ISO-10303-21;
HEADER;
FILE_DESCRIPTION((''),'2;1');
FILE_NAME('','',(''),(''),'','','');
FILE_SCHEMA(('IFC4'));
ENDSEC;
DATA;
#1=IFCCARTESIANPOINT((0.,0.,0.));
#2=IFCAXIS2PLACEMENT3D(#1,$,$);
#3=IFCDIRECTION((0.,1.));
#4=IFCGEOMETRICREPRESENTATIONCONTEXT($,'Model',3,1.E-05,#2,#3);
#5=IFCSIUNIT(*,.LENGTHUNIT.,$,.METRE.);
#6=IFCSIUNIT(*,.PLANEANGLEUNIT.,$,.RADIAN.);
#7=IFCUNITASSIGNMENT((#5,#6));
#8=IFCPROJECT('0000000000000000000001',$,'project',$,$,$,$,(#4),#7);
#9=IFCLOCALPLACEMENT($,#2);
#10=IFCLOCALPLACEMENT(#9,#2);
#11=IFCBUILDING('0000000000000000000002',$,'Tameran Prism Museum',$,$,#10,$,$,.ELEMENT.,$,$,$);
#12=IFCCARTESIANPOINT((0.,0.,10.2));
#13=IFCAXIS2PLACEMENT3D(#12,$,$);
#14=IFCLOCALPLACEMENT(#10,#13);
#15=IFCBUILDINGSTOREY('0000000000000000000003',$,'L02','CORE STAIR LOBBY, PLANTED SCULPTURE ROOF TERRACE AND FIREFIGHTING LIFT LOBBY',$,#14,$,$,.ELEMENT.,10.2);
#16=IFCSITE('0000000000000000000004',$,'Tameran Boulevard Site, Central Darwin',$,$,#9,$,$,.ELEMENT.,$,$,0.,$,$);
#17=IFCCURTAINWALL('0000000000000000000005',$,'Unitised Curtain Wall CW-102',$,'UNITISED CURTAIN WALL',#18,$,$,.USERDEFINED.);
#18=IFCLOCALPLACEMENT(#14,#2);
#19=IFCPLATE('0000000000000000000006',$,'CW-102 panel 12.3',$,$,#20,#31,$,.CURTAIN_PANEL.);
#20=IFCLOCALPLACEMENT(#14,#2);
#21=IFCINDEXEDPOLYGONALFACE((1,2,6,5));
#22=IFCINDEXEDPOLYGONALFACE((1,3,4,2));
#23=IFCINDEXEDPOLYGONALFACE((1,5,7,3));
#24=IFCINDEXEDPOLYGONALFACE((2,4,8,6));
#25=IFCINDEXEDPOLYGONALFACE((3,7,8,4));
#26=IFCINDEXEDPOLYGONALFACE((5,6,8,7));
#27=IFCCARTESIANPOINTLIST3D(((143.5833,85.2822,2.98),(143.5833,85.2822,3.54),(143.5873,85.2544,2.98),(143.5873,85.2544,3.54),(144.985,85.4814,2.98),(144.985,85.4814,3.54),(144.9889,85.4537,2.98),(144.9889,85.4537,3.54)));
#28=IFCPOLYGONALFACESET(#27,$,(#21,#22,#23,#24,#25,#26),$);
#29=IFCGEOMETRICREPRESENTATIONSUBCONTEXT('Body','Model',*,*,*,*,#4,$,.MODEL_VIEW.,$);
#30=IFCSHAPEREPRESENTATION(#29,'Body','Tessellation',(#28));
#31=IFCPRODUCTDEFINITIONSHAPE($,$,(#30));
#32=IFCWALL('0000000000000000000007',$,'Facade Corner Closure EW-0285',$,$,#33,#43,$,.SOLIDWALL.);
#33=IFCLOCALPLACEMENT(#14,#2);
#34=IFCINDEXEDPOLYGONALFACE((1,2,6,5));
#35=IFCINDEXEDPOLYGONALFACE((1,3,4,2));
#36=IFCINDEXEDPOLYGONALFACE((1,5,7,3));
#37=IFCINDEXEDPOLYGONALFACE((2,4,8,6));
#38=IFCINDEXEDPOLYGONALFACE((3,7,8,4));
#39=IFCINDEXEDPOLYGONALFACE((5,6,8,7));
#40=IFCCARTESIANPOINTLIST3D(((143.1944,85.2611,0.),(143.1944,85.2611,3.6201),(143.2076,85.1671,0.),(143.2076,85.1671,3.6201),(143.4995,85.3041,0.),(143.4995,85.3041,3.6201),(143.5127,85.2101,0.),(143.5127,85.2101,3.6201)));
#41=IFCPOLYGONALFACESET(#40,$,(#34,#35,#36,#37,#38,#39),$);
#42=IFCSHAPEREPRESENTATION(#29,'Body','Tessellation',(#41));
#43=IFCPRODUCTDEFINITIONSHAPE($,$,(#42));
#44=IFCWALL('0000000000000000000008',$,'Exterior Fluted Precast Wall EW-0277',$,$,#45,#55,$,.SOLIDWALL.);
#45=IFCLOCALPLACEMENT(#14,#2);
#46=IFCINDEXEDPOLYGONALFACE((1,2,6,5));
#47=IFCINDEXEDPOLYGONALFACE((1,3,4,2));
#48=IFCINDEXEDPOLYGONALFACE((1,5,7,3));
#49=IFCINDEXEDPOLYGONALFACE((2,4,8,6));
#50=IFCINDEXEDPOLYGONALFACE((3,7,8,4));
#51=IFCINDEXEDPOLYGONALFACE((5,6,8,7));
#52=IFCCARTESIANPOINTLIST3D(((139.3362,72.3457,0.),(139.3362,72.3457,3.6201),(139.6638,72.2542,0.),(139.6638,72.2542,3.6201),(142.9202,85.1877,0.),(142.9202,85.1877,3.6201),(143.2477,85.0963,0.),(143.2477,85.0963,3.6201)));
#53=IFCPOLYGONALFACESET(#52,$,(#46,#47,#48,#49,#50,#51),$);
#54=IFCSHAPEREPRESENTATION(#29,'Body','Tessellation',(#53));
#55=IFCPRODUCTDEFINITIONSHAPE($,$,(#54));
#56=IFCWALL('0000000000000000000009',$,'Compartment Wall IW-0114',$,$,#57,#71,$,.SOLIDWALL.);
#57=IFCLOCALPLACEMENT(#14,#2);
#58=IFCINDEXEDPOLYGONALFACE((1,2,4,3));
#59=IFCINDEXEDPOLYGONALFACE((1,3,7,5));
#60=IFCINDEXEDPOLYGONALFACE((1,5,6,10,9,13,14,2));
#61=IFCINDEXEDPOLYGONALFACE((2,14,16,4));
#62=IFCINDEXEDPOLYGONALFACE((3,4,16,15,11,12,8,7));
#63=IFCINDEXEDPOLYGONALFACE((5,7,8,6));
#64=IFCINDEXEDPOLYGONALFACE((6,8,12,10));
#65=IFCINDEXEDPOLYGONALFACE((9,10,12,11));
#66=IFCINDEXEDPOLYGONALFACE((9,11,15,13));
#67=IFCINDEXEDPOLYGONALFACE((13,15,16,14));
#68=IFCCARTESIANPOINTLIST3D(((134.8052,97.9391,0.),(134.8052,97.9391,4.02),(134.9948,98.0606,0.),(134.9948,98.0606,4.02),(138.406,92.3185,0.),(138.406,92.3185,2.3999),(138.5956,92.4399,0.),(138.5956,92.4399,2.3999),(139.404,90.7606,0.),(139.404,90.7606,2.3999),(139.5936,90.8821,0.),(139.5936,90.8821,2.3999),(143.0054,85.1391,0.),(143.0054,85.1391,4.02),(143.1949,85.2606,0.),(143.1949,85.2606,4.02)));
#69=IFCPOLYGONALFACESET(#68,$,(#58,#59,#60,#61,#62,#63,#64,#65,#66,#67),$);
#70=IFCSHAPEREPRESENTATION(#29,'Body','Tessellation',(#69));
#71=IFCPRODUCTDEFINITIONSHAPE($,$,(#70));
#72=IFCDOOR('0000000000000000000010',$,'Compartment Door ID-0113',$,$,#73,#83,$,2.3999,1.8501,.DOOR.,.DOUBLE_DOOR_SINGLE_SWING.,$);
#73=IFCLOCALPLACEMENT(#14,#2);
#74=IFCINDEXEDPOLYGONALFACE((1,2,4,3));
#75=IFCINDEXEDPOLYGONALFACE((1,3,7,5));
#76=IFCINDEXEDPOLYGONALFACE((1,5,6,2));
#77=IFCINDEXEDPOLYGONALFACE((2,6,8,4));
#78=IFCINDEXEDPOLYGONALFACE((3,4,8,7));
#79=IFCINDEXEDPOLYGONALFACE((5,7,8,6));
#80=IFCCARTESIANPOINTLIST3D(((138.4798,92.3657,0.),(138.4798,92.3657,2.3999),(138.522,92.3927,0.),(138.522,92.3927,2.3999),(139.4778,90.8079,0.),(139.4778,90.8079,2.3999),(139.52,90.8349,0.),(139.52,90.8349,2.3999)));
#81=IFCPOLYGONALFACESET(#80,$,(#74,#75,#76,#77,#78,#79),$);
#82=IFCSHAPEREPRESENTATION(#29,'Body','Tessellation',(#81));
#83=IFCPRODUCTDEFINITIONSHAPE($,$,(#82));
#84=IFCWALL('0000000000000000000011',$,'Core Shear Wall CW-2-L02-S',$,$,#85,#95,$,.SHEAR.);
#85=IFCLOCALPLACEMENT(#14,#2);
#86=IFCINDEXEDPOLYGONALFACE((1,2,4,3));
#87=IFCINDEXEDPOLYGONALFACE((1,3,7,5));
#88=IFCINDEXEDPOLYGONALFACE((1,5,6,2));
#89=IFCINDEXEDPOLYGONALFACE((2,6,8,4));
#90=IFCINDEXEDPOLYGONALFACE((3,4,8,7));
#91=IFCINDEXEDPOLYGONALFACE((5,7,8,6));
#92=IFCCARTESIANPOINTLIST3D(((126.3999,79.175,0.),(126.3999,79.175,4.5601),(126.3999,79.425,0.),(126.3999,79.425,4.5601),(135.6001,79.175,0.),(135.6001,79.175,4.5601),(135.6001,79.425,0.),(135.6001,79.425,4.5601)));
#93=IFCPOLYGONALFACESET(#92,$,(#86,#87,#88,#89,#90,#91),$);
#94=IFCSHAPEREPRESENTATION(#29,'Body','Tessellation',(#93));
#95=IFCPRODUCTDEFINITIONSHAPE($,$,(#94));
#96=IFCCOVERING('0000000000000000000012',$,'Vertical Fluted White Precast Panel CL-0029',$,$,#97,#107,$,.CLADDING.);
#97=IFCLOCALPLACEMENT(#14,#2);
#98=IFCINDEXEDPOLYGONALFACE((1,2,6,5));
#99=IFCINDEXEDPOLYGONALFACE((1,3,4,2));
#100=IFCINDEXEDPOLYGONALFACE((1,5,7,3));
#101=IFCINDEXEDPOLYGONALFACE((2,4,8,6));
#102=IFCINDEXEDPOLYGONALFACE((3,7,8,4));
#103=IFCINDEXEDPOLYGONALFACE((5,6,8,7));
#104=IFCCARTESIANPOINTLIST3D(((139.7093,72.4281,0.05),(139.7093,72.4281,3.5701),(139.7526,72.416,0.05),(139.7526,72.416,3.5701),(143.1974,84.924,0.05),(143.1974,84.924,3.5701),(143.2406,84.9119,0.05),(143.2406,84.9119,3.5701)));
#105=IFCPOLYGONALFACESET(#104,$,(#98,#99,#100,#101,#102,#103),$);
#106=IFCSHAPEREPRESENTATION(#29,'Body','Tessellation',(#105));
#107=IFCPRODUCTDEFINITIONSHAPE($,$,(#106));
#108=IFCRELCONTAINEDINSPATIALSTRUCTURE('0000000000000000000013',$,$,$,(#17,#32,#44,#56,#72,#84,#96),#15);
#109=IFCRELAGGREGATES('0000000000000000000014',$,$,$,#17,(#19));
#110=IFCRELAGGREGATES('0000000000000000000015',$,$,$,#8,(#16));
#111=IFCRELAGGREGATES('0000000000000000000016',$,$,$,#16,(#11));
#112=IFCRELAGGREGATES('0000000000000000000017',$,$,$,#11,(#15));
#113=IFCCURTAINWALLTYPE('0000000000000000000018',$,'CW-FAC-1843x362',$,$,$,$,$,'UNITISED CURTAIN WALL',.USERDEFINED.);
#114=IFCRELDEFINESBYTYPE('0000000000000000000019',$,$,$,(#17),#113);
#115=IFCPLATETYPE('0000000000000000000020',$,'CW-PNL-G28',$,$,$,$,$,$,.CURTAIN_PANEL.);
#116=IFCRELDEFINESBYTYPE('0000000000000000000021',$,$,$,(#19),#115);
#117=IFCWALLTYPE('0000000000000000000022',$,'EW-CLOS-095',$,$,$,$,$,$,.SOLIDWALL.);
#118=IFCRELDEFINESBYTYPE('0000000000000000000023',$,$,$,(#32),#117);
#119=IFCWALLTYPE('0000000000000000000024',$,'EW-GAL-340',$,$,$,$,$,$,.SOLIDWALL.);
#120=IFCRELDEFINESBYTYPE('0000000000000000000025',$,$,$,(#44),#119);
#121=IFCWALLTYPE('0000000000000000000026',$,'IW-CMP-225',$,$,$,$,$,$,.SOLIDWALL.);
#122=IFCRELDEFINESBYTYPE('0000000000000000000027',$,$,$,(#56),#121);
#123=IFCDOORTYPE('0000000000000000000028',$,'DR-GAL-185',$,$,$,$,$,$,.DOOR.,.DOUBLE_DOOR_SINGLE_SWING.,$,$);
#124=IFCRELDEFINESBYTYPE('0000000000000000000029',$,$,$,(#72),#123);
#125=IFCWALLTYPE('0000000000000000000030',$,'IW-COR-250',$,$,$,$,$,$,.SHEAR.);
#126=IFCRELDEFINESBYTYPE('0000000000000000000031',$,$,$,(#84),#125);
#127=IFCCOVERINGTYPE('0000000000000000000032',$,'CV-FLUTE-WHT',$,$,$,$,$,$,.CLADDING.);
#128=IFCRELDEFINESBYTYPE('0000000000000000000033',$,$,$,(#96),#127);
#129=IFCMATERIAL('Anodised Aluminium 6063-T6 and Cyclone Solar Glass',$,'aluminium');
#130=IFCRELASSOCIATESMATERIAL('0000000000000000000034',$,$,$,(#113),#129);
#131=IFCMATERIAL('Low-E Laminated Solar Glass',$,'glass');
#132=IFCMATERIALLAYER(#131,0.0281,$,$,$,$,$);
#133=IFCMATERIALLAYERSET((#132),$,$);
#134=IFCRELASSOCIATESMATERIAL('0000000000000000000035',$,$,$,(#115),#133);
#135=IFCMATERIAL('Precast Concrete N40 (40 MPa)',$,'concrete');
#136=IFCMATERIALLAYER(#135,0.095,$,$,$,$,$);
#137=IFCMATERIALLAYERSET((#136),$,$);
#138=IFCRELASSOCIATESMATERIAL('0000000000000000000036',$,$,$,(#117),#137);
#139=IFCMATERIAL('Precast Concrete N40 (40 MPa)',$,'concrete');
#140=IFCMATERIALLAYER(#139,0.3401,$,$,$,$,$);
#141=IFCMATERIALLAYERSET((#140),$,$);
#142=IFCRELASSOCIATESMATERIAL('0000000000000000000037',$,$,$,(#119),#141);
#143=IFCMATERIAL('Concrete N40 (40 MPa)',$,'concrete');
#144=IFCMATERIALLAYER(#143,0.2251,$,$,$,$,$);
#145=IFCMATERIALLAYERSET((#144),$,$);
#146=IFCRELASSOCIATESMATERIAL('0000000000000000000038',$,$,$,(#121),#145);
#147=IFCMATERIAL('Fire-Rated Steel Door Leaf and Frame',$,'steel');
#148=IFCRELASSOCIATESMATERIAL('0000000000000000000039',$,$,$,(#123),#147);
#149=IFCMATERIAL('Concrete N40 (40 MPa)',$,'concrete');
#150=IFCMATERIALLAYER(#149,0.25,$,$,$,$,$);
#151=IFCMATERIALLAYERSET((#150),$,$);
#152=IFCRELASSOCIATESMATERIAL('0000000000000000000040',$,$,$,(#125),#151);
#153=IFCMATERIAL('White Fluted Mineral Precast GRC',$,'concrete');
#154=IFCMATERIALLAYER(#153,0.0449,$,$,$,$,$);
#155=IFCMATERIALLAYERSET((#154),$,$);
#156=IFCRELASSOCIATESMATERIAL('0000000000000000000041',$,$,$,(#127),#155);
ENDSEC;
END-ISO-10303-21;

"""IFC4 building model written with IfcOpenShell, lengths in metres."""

from ifc_helpers import new_model, si_unit, direction, frame, frame_2d, origin, origin_2d, place, context, subcontext, project, spatial, rectangle, extrude, material, layer, layer_set, type_object, element, fill, aggregate, save


model = new_model("IFC4")

# Units and contexts
model_context = context("Model", 3, precision=1e-05, world=origin(), true_north=direction((0.0, 1.0)))
body_context = subcontext(model_context, "Body", "Model", "MODEL_VIEW")
ifc_project = project(units=[si_unit("LENGTHUNIT", "METRE"), si_unit("PLANEANGLEUNIT", "RADIAN")], contexts=[model_context])

# Site, building, storey
site_placement = place(None, origin())
site = spatial("IfcSite", under=ifc_project, at=site_placement, Name="Tameran Boulevard Site, Central Darwin", CompositionType="ELEMENT", RefElevation=0.0)
building_placement = place(site_placement, origin())
building = spatial("IfcBuilding", under=site, at=building_placement, Name="Tameran Prism Museum", CompositionType="ELEMENT")
storey_placement = place(building_placement, frame((0.0, 0.0, 10.2)))
storey = spatial("IfcBuildingStorey", under=building, at=storey_placement, Name="L02", Description="CORE STAIR LOBBY, PLANTED SCULPTURE ROOF TERRACE AND FIREFIGHTING LIFT LOBBY", CompositionType="ELEMENT", Elevation=10.2)

# Curtain wall
ifc_material_1 = material(Name="Anodised Aluminium 6063-T6 and Cyclone Solar Glass", Category="aluminium")
curtain_wall_type = type_object("IfcCurtainWallType", Name="CW-FAC-1843x362", ElementType="UNITISED CURTAIN WALL", PredefinedType="USERDEFINED", material=ifc_material_1)
curtain_wall_placement = place(storey_placement, origin())
curtain_wall = element("IfcCurtainWall", 1, at=curtain_wall_placement, inside=storey, type_object=curtain_wall_type, Name="Unitised Curtain Wall CW-102", ObjectType="UNITISED CURTAIN WALL", PredefinedType="USERDEFINED")

# Plate
ifc_material_2 = material(Name="Low-E Laminated Solar Glass", Category="glass")
ifc_layer_1 = layer(ifc_material_2, 0.0281)
ifc_layer_set_1 = layer_set([ifc_layer_1])
plate_type = type_object("IfcPlateType", Name="CW-PNL-G28", PredefinedType="CURTAIN_PANEL", material=ifc_layer_set_1)
plate_1_placement = place(storey_placement, frame((144.2861, 85.3679, 2.98), z_axis=(0.0, 0.0, 1.0), x_axis=(-0.990046, -0.140745, 0.0)))
plate_1 = element("IfcPlate", 2, at=plate_1_placement, type_object=plate_type, Name="CW-102 panel 12.3", PredefinedType="CURTAIN_PANEL", context=body_context, shape_type="SweptSolid", body=[
    extrude(rectangle(XDim=1.4158, YDim=0.0281, at=origin_2d()), origin(), (0.0, 0.0, 1.0), 0.5601),
])
aggregate(curtain_wall, [plate_1])

# Walls
ifc_material_3 = material(Name="Precast Concrete N40 (40 MPa)", Category="concrete")
ifc_layer_2 = layer(ifc_material_3, 0.095)
ifc_layer_set_2 = layer_set([ifc_layer_2])
wall_type_1 = type_object("IfcWallType", Name="EW-CLOS-095", PredefinedType="SOLIDWALL", material=ifc_layer_set_2)
wall_1_placement = place(storey_placement, frame((143.5061, 85.2571, 0.0), z_axis=(0.0, 0.0, 1.0), x_axis=(-0.990233, -0.139425, 0.0)))
element("IfcWall", 3, at=wall_1_placement, inside=storey, type_object=wall_type_1, Name="Facade Corner Closure EW-0285", PredefinedType="SOLIDWALL", context=body_context, shape_type="SweptSolid", body=[
    extrude(rectangle(XDim=0.3081, YDim=0.095, at=frame_2d((0.1541, 0.0))), origin(), (0.0, 0.0, 1.0), 3.6201),
])
ifc_material_4 = material(Name="Precast Concrete N40 (40 MPa)", Category="concrete")
ifc_layer_3 = layer(ifc_material_4, 0.3401)
ifc_layer_set_3 = layer_set([ifc_layer_3])
wall_type_2 = type_object("IfcWallType", Name="EW-GAL-340", PredefinedType="SOLIDWALL", material=ifc_layer_set_3)
wall_2_placement = place(storey_placement, frame((143.084, 85.1421, 0.0), z_axis=(0.0, 0.0, 1.0), x_axis=(-0.26881, -0.963193, 0.0)))
element("IfcWall", 4, at=wall_2_placement, inside=storey, type_object=wall_type_2, Name="Exterior Fluted Precast Wall EW-0277", PredefinedType="SOLIDWALL", context=body_context, shape_type="SweptSolid", body=[
    extrude(rectangle(XDim=13.3328, YDim=0.3401, at=frame_2d((6.6665, 0.0))), origin(), (0.0, 0.0, 1.0), 3.6201),
])

# Wall, opening, door
ifc_material_5 = material(Name="Concrete N40 (40 MPa)", Category="concrete")
ifc_layer_4 = layer(ifc_material_5, 0.2251)
ifc_layer_set_4 = layer_set([ifc_layer_4])
wall_type_3 = type_object("IfcWallType", Name="IW-CMP-225", PredefinedType="SOLIDWALL", material=ifc_layer_set_4)
wall_3_placement = place(storey_placement, frame((143.1001, 85.2, 0.0), z_axis=(0.0, 0.0, 1.0), x_axis=(-0.539435, 0.842027, 0.0)))
wall_3 = element("IfcWall", 5, at=wall_3_placement, inside=storey, type_object=wall_type_3, Name="Compartment Wall IW-0114", PredefinedType="SOLIDWALL", context=body_context, shape_type="SweptSolid", body=[
    extrude(rectangle(XDim=15.2014, YDim=0.2251, at=frame_2d((7.6006, 0.0))), origin(), (0.0, 0.0, 1.0), 4.02),
])
opening_placement = place(wall_3_placement, frame((6.676, 0.0, 0.0)))
opening = element("IfcOpeningElement", 6, at=opening_placement, cuts=wall_3, PredefinedType="OPENING", context=body_context, shape_type="SweptSolid", body=[
    extrude(rectangle(XDim=1.8501, YDim=2.3999, at=frame_2d((0.925, 1.2))), frame((0.0, 0.1226, 0.0), z_axis=(0.0, -1.0, 0.0), x_axis=(1.0, 0.0, 0.0)), (0.0, 0.0, 1.0), 0.2451),
])
ifc_material_6 = material(Name="Fire-Rated Steel Door Leaf and Frame", Category="steel")
door_type = type_object("IfcDoorType", Name="DR-GAL-185", OperationType="DOUBLE_DOOR_SINGLE_SWING", PredefinedType="DOOR", material=ifc_material_6)
door_placement = place(opening_placement, origin())
door = element("IfcDoor", 7, at=door_placement, inside=storey, type_object=door_type, Name="Compartment Door ID-0113", OperationType="DOUBLE_DOOR_SINGLE_SWING", OverallHeight=2.3999, OverallWidth=1.8501, PredefinedType="DOOR", context=body_context, shape_type="SweptSolid", body=[
    extrude(rectangle(XDim=1.8501, YDim=2.3999, at=frame_2d((0.925, 1.2))), frame((0.0, 0.0249, 0.0), z_axis=(0.0, -1.0, 0.0), x_axis=(1.0, 0.0, 0.0)), (0.0, 0.0, 1.0), 0.05),
])
fill(opening, door)

# Wall
ifc_material_7 = material(Name="Concrete N40 (40 MPa)", Category="concrete")
ifc_layer_5 = layer(ifc_material_7, 0.25)
ifc_layer_set_5 = layer_set([ifc_layer_5])
wall_type_4 = type_object("IfcWallType", Name="IW-COR-250", PredefinedType="SHEAR", material=ifc_layer_set_5)
wall_4_placement = place(storey_placement, frame((135.6001, 79.3, 0.0), z_axis=(0.0, 0.0, 1.0), x_axis=(-1.0, 0.0, 0.0)))
element("IfcWall", 8, at=wall_4_placement, inside=storey, type_object=wall_type_4, Name="Core Shear Wall CW-2-L02-S", PredefinedType="SHEAR", context=body_context, shape_type="SweptSolid", body=[
    extrude(rectangle(XDim=9.2002, YDim=0.25, at=frame_2d((4.6001, 0.0))), origin(), (0.0, 0.0, 1.0), 4.5601),
])

# Covering
ifc_material_8 = material(Name="White Fluted Mineral Precast GRC", Category="concrete")
ifc_layer_6 = layer(ifc_material_8, 0.0449)
ifc_layer_set_6 = layer_set([ifc_layer_6])
covering_type = type_object("IfcCoveringType", Name="CV-FLUTE-WHT", PredefinedType="CLADDING", material=ifc_layer_set_6)
covering_placement = place(storey_placement, frame((143.219, 84.918, 0.05), z_axis=(0.0, 0.0, 1.0), x_axis=(-0.268858, -0.96318, 0.0)))
element("IfcCovering", 9, at=covering_placement, inside=storey, type_object=covering_type, Name="Vertical Fluted White Precast Panel CL-0029", PredefinedType="CLADDING", context=body_context, shape_type="SweptSolid", body=[
    extrude(rectangle(XDim=12.9736, YDim=0.0449, at=frame_2d((6.4868, 0.0))), origin(), (0.0, 0.0, 1.0), 3.52),
])

save(model, "model.ifc")
